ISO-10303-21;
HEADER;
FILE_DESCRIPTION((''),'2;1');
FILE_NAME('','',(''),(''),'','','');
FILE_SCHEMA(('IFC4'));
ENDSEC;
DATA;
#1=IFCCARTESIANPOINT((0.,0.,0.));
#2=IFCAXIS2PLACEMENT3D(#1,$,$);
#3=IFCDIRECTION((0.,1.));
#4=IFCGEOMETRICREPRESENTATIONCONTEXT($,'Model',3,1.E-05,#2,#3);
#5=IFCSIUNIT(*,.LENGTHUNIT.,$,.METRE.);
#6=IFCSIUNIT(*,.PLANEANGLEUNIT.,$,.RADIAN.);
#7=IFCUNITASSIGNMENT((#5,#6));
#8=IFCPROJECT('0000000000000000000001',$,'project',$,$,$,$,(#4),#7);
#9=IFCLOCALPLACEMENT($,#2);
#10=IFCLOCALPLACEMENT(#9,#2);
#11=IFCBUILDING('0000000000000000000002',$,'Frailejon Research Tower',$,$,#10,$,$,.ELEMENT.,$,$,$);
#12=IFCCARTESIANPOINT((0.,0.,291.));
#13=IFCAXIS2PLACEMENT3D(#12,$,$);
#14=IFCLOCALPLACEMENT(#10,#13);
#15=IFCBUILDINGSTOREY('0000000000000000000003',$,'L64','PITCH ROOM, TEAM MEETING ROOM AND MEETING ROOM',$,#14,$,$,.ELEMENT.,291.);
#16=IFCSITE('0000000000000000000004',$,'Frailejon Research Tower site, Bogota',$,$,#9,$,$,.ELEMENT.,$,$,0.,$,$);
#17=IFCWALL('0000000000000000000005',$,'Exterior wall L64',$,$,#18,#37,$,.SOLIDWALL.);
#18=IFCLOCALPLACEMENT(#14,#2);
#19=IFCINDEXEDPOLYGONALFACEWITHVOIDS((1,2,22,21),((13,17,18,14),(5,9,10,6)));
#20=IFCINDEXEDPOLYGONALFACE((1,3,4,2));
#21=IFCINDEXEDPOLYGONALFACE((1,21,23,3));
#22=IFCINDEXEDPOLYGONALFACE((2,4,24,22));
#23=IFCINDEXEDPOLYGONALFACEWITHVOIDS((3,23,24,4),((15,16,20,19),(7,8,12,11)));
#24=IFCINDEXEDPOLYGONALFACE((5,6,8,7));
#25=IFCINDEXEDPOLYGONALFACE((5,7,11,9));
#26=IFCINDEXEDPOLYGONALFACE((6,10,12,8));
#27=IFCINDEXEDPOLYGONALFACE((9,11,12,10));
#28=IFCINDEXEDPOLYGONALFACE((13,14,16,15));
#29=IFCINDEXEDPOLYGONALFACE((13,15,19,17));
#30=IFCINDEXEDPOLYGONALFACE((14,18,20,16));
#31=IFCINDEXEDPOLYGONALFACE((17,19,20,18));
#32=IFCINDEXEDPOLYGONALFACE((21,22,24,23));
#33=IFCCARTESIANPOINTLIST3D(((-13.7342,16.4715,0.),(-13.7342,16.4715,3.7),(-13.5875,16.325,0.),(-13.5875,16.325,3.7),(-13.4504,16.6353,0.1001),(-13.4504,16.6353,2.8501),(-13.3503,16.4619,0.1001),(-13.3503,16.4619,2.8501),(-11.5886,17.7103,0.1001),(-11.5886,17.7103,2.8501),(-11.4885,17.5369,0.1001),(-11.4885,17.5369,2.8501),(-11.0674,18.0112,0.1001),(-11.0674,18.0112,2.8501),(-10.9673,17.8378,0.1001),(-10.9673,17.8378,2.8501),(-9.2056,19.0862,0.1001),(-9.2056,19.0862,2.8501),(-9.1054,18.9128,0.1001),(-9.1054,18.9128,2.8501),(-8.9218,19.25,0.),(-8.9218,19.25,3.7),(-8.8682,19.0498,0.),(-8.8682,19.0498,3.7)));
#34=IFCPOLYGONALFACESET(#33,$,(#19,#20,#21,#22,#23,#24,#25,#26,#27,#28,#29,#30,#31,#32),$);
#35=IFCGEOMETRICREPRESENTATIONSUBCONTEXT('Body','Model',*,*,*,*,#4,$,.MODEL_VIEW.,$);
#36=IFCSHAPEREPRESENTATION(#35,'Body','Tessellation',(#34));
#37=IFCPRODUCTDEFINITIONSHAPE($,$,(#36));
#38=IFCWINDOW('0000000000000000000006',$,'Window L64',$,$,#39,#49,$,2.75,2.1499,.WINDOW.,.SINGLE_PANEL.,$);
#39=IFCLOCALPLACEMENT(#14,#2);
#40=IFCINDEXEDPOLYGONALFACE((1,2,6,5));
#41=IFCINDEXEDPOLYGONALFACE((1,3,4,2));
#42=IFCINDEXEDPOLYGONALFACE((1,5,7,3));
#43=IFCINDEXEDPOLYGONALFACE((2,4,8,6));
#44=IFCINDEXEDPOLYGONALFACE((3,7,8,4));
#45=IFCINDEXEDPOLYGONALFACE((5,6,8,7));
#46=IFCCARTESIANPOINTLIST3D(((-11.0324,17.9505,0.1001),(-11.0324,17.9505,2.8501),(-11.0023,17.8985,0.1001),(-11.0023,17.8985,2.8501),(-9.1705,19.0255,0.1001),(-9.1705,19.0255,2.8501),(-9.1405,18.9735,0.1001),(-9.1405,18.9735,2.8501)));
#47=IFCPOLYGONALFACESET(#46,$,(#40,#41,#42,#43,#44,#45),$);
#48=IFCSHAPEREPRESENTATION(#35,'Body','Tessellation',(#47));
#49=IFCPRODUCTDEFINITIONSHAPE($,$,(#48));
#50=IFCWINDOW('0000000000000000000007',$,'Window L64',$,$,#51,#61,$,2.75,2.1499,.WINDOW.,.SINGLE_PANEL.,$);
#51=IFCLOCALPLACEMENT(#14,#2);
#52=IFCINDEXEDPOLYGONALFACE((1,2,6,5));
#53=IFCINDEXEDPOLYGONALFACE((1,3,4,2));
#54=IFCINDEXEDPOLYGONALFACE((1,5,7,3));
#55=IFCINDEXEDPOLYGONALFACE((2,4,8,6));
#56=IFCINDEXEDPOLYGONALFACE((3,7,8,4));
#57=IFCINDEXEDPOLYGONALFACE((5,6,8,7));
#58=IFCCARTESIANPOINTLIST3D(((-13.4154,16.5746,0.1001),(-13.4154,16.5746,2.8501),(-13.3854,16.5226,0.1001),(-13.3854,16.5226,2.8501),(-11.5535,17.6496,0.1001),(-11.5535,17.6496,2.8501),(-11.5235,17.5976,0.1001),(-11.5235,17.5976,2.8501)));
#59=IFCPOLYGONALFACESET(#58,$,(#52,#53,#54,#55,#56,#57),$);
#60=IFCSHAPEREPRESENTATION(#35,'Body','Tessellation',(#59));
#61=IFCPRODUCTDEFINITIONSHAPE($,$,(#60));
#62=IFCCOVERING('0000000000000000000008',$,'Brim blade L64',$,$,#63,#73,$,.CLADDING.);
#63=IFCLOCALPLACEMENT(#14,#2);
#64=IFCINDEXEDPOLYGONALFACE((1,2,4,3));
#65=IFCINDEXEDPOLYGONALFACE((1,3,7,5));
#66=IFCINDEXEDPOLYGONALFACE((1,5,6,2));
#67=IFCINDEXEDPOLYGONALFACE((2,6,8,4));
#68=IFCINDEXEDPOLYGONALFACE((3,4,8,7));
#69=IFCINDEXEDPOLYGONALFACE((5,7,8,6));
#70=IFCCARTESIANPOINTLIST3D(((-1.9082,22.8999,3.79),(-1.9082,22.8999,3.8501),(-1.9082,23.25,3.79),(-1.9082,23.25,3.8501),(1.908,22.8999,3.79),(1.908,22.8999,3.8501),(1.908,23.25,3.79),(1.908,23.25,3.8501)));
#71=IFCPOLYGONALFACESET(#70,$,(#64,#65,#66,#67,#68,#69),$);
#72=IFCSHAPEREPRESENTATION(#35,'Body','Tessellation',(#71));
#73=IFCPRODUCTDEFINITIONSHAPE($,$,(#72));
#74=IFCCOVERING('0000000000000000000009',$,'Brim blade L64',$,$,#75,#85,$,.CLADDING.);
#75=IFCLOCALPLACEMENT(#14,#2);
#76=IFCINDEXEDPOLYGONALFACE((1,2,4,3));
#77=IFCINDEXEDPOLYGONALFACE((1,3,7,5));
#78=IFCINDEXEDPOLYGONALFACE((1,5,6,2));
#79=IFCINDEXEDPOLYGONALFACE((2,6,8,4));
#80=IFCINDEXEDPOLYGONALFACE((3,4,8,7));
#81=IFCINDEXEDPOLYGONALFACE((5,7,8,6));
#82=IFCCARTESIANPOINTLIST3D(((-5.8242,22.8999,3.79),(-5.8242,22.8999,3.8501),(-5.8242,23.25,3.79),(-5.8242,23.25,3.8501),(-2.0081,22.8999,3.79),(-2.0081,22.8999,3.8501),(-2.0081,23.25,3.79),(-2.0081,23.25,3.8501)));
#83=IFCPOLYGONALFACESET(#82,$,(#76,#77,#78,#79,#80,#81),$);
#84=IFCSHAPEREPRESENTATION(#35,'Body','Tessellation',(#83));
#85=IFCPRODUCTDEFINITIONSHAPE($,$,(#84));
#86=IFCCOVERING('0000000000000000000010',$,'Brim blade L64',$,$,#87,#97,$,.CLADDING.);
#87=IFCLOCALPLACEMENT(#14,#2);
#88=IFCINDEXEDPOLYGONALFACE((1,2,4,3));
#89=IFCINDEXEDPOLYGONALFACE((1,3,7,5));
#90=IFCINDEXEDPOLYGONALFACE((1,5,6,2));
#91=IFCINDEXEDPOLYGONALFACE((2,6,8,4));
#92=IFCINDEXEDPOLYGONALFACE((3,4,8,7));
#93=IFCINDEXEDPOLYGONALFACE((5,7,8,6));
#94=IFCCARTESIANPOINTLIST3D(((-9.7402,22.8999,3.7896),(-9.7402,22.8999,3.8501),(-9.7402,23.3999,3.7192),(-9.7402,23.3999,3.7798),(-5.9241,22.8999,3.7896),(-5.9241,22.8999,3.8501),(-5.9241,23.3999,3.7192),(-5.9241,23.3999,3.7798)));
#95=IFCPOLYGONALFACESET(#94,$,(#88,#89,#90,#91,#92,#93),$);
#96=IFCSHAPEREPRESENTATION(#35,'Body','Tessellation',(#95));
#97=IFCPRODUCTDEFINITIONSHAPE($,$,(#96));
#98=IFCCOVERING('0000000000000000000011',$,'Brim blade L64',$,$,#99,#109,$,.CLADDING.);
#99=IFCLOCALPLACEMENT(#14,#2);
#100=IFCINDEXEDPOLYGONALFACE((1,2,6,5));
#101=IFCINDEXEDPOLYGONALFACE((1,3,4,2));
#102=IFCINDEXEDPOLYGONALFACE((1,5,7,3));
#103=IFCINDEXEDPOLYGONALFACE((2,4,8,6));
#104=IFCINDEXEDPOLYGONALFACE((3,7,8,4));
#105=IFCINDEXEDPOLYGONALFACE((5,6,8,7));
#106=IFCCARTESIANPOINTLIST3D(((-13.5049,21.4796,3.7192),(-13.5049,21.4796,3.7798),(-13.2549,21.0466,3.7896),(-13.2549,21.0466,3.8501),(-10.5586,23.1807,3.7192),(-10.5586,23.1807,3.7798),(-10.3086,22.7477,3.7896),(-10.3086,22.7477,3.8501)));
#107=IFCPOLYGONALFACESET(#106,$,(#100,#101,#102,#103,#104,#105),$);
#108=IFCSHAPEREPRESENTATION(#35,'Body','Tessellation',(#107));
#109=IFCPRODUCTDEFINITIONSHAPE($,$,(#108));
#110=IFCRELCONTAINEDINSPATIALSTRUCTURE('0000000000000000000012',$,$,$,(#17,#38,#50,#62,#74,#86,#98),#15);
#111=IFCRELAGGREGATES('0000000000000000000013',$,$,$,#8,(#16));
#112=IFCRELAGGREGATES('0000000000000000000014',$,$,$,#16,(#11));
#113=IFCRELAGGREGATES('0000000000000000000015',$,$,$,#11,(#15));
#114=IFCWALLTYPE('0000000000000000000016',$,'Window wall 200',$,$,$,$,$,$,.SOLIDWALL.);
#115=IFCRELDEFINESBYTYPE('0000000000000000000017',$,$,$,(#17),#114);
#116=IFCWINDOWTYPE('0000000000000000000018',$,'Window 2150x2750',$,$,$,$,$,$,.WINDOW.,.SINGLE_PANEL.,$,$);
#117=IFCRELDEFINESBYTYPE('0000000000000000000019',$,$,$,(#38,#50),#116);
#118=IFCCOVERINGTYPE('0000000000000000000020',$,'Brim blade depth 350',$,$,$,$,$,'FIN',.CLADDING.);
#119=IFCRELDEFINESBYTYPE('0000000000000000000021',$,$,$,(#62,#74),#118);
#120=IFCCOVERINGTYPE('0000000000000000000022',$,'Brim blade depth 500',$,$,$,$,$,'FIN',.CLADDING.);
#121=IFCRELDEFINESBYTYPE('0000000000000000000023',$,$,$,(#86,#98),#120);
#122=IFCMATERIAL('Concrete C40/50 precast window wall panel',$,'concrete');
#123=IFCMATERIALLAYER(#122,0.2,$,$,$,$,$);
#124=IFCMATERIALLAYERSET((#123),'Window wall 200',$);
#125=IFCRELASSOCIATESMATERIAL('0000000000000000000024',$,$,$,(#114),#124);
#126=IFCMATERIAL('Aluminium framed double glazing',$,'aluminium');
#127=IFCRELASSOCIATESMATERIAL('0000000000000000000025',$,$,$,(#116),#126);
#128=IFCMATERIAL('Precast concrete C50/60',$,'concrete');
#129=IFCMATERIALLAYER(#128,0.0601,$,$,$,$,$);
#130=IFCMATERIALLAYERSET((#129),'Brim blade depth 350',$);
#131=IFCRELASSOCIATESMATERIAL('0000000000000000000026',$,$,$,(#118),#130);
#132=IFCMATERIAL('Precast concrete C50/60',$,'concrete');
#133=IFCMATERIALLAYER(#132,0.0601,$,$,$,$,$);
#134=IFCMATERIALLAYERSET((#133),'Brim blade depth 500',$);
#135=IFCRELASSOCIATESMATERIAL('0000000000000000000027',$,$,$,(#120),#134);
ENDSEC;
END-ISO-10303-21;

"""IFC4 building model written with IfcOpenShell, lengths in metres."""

from ifc_helpers import new_model, si_unit, direction, frame, frame_2d, origin, place, context, subcontext, project, spatial, polyline, rectangle, outline, extrude, material, layer, layer_set, type_object, element, fill, save


model = new_model("IFC4")

# Units and contexts
model_context = context("Model", 3, precision=1e-05, world=origin(), true_north=direction((0.0, 1.0)))
body_context = subcontext(model_context, "Body", "Model", "MODEL_VIEW")
ifc_project = project(units=[si_unit("LENGTHUNIT", "METRE"), si_unit("PLANEANGLEUNIT", "RADIAN")], contexts=[model_context])

# Site, building, storey
site_placement = place(None, origin())
site = spatial("IfcSite", under=ifc_project, at=site_placement, Name="Frailejon Research Tower site, Bogota", CompositionType="ELEMENT", RefElevation=0.0)
building_placement = place(site_placement, origin())
building = spatial("IfcBuilding", under=site, at=building_placement, Name="Frailejon Research Tower", CompositionType="ELEMENT")
storey_placement = place(building_placement, frame((0.0, 0.0, 291.0)))
storey = spatial("IfcBuildingStorey", under=building, at=storey_placement, Name="L64", Description="PITCH ROOM, TEAM MEETING ROOM AND MEETING ROOM", CompositionType="ELEMENT", Elevation=291.0)

# Wall, openings, windows
ifc_material_1 = material(Name="Concrete C40/50 precast window wall panel", Category="concrete")
ifc_layer_1 = layer(ifc_material_1, 0.2)
ifc_layer_set_1 = layer_set([ifc_layer_1], Name="Window wall 200")
wall_type = type_object("IfcWallType", Name="Window wall 200", PredefinedType="SOLIDWALL", material=ifc_layer_set_1)
wall_placement = place(storey_placement, frame((-8.895, 19.1499, 0.0), z_axis=(0.0, 0.0, 1.0), x_axis=(-0.866015, -0.500018, 0.0)))
wall = element("IfcWall", 1, at=wall_placement, inside=storey, type_object=wall_type, Name="Exterior wall L64", PredefinedType="SOLIDWALL", context=body_context, shape_type="SweptSolid", body=[
    extrude(outline(polyline([(-0.0269, -0.1001), (1.0845, -0.1001), (2.1958, -0.1001), (3.3074, -0.1001), (4.4187, -0.1001), (5.53, -0.1001), (5.4763, 0.1001), (4.3865, 0.1001), (3.2966, 0.1001), (2.2065, 0.1001), (1.1167, 0.1001), (0.0269, 0.1001), (-0.0269, -0.1001)])), origin(), (0.0, 0.0, 1.0), 3.7),
])
opening_1_placement = place(wall_placement, frame((0.3008, 0.0, 0.1001)))
opening_1 = element("IfcOpeningElement", 2, at=opening_1_placement, cuts=wall, PredefinedType="OPENING", context=body_context, shape_type="SweptSolid", body=[
    extrude(rectangle(XDim=2.1499, YDim=2.75, at=frame_2d((1.075, 1.375))), frame((0.0, 0.1099, 0.0), z_axis=(0.0, -1.0, 0.0), x_axis=(1.0, 0.0, 0.0)), (0.0, 0.0, 1.0), 0.22),
])
opening_2_placement = place(wall_placement, frame((3.0525, 0.0, 0.1001)))
opening_2 = element("IfcOpeningElement", 3, at=opening_2_placement, cuts=wall, PredefinedType="OPENING", context=body_context, shape_type="SweptSolid", body=[
    extrude(rectangle(XDim=2.1499, YDim=2.75, at=frame_2d((1.075, 1.375))), frame((0.0, 0.1099, 0.0), z_axis=(0.0, -1.0, 0.0), x_axis=(1.0, 0.0, 0.0)), (0.0, 0.0, 1.0), 0.22),
])
ifc_material_2 = material(Name="Aluminium framed double glazing", Category="aluminium")
window_type = type_object("IfcWindowType", Name="Window 2150x2750", PartitioningType="SINGLE_PANEL", PredefinedType="WINDOW", material=ifc_material_2)
window_1_placement = place(opening_1_placement, origin())
window_1 = element("IfcWindow", 4, at=window_1_placement, inside=storey, type_object=window_type, Name="Window L64", OverallHeight=2.75, OverallWidth=2.1499, PartitioningType="SINGLE_PANEL", PredefinedType="WINDOW", context=body_context, shape_type="SweptSolid", body=[
    extrude(rectangle(XDim=2.1499, YDim=2.75, at=frame_2d((1.075, 1.375))), frame((0.0, 0.03, 0.0), z_axis=(0.0, -1.0, 0.0), x_axis=(1.0, 0.0, 0.0)), (0.0, 0.0, 1.0), 0.0601),
])
fill(opening_1, window_1)
window_2_placement = place(opening_2_placement, origin())
window_2 = element("IfcWindow", 5, at=window_2_placement, inside=storey, type_object=window_type, Name="Window L64", OverallHeight=2.75, OverallWidth=2.1499, PartitioningType="SINGLE_PANEL", PredefinedType="WINDOW", context=body_context, shape_type="SweptSolid", body=[
    extrude(rectangle(XDim=2.1499, YDim=2.75, at=frame_2d((1.075, 1.375))), frame((0.0, 0.03, 0.0), z_axis=(0.0, -1.0, 0.0), x_axis=(1.0, 0.0, 0.0)), (0.0, 0.0, 1.0), 0.0601),
])
fill(opening_2, window_2)

# Coverings
ifc_material_3 = material(Name="Precast concrete C50/60", Category="concrete")
ifc_layer_2 = layer(ifc_material_3, 0.0601)
ifc_layer_set_2 = layer_set([ifc_layer_2], Name="Brim blade depth 350")
covering_type_1 = type_object("IfcCoveringType", Name="Brim blade depth 350", ElementType="FIN", PredefinedType="CLADDING", material=ifc_layer_set_2)
for number, where, z_axis, x_axis, name in (
    (6, (-1.9082, 22.8999, 3.8501), (1.0, 0.0, 0.0), (0.0, 1.0, 0.0), "Brim blade L64"),
    (7, (-5.8242, 22.8999, 3.8501), (1.0, 0.0, 0.0), (0.0, 1.0, 0.0), "Brim blade L64"),
):
    element("IfcCovering", number, at=place(storey_placement, frame(where, z_axis=z_axis, x_axis=x_axis)), inside=storey, type_object=covering_type_1, Name=name, PredefinedType="CLADDING", context=body_context, shape_type="SweptSolid", body=[
        extrude(outline(polyline([(0.0, -0.0601), (0.3501, -0.0601), (0.3501, 0.0), (0.0, 0.0), (0.0, -0.0601)])), origin(), (0.0, 0.0, 1.0), 3.8162),
    ])
ifc_material_4 = material(Name="Precast concrete C50/60", Category="concrete")
ifc_layer_3 = layer(ifc_material_4, 0.0601)
ifc_layer_set_3 = layer_set([ifc_layer_3], Name="Brim blade depth 500")
covering_type_2 = type_object("IfcCoveringType", Name="Brim blade depth 500", ElementType="FIN", PredefinedType="CLADDING", material=ifc_layer_set_3)
covering_1_placement = place(storey_placement, frame((-9.7402, 22.8999, 3.8501), z_axis=(1.0, 0.0, 0.0), x_axis=(0.0, 1.0, 0.0)))
element("IfcCovering", 8, at=covering_1_placement, inside=storey, type_object=covering_type_2, Name="Brim blade L64", PredefinedType="CLADDING", context=body_context, shape_type="SweptSolid", body=[
    extrude(outline(polyline([(0.0, -0.0605), (0.5, -0.1309), (0.5, -0.0703), (0.0, 0.0), (0.0, -0.0605)])), origin(), (0.0, 0.0, 1.0), 3.8162),
])
covering_2_placement = place(storey_placement, frame((-13.2549, 21.0466, 3.8501), z_axis=(0.866024, 0.500003, 0.0), x_axis=(-0.500003, 0.866024, 0.0)))
element("IfcCovering", 9, at=covering_2_placement, inside=storey, type_object=covering_type_2, Name="Brim blade L64", PredefinedType="CLADDING", context=body_context, shape_type="SweptSolid", body=[
    extrude(outline(polyline([(0.0, -0.0605), (0.5, -0.1309), (0.5, -0.0703), (0.0, 0.0), (0.0, -0.0605)])), origin(), (0.0, 0.0, 1.0), 3.4021),
])

save(model, "model.ifc")
